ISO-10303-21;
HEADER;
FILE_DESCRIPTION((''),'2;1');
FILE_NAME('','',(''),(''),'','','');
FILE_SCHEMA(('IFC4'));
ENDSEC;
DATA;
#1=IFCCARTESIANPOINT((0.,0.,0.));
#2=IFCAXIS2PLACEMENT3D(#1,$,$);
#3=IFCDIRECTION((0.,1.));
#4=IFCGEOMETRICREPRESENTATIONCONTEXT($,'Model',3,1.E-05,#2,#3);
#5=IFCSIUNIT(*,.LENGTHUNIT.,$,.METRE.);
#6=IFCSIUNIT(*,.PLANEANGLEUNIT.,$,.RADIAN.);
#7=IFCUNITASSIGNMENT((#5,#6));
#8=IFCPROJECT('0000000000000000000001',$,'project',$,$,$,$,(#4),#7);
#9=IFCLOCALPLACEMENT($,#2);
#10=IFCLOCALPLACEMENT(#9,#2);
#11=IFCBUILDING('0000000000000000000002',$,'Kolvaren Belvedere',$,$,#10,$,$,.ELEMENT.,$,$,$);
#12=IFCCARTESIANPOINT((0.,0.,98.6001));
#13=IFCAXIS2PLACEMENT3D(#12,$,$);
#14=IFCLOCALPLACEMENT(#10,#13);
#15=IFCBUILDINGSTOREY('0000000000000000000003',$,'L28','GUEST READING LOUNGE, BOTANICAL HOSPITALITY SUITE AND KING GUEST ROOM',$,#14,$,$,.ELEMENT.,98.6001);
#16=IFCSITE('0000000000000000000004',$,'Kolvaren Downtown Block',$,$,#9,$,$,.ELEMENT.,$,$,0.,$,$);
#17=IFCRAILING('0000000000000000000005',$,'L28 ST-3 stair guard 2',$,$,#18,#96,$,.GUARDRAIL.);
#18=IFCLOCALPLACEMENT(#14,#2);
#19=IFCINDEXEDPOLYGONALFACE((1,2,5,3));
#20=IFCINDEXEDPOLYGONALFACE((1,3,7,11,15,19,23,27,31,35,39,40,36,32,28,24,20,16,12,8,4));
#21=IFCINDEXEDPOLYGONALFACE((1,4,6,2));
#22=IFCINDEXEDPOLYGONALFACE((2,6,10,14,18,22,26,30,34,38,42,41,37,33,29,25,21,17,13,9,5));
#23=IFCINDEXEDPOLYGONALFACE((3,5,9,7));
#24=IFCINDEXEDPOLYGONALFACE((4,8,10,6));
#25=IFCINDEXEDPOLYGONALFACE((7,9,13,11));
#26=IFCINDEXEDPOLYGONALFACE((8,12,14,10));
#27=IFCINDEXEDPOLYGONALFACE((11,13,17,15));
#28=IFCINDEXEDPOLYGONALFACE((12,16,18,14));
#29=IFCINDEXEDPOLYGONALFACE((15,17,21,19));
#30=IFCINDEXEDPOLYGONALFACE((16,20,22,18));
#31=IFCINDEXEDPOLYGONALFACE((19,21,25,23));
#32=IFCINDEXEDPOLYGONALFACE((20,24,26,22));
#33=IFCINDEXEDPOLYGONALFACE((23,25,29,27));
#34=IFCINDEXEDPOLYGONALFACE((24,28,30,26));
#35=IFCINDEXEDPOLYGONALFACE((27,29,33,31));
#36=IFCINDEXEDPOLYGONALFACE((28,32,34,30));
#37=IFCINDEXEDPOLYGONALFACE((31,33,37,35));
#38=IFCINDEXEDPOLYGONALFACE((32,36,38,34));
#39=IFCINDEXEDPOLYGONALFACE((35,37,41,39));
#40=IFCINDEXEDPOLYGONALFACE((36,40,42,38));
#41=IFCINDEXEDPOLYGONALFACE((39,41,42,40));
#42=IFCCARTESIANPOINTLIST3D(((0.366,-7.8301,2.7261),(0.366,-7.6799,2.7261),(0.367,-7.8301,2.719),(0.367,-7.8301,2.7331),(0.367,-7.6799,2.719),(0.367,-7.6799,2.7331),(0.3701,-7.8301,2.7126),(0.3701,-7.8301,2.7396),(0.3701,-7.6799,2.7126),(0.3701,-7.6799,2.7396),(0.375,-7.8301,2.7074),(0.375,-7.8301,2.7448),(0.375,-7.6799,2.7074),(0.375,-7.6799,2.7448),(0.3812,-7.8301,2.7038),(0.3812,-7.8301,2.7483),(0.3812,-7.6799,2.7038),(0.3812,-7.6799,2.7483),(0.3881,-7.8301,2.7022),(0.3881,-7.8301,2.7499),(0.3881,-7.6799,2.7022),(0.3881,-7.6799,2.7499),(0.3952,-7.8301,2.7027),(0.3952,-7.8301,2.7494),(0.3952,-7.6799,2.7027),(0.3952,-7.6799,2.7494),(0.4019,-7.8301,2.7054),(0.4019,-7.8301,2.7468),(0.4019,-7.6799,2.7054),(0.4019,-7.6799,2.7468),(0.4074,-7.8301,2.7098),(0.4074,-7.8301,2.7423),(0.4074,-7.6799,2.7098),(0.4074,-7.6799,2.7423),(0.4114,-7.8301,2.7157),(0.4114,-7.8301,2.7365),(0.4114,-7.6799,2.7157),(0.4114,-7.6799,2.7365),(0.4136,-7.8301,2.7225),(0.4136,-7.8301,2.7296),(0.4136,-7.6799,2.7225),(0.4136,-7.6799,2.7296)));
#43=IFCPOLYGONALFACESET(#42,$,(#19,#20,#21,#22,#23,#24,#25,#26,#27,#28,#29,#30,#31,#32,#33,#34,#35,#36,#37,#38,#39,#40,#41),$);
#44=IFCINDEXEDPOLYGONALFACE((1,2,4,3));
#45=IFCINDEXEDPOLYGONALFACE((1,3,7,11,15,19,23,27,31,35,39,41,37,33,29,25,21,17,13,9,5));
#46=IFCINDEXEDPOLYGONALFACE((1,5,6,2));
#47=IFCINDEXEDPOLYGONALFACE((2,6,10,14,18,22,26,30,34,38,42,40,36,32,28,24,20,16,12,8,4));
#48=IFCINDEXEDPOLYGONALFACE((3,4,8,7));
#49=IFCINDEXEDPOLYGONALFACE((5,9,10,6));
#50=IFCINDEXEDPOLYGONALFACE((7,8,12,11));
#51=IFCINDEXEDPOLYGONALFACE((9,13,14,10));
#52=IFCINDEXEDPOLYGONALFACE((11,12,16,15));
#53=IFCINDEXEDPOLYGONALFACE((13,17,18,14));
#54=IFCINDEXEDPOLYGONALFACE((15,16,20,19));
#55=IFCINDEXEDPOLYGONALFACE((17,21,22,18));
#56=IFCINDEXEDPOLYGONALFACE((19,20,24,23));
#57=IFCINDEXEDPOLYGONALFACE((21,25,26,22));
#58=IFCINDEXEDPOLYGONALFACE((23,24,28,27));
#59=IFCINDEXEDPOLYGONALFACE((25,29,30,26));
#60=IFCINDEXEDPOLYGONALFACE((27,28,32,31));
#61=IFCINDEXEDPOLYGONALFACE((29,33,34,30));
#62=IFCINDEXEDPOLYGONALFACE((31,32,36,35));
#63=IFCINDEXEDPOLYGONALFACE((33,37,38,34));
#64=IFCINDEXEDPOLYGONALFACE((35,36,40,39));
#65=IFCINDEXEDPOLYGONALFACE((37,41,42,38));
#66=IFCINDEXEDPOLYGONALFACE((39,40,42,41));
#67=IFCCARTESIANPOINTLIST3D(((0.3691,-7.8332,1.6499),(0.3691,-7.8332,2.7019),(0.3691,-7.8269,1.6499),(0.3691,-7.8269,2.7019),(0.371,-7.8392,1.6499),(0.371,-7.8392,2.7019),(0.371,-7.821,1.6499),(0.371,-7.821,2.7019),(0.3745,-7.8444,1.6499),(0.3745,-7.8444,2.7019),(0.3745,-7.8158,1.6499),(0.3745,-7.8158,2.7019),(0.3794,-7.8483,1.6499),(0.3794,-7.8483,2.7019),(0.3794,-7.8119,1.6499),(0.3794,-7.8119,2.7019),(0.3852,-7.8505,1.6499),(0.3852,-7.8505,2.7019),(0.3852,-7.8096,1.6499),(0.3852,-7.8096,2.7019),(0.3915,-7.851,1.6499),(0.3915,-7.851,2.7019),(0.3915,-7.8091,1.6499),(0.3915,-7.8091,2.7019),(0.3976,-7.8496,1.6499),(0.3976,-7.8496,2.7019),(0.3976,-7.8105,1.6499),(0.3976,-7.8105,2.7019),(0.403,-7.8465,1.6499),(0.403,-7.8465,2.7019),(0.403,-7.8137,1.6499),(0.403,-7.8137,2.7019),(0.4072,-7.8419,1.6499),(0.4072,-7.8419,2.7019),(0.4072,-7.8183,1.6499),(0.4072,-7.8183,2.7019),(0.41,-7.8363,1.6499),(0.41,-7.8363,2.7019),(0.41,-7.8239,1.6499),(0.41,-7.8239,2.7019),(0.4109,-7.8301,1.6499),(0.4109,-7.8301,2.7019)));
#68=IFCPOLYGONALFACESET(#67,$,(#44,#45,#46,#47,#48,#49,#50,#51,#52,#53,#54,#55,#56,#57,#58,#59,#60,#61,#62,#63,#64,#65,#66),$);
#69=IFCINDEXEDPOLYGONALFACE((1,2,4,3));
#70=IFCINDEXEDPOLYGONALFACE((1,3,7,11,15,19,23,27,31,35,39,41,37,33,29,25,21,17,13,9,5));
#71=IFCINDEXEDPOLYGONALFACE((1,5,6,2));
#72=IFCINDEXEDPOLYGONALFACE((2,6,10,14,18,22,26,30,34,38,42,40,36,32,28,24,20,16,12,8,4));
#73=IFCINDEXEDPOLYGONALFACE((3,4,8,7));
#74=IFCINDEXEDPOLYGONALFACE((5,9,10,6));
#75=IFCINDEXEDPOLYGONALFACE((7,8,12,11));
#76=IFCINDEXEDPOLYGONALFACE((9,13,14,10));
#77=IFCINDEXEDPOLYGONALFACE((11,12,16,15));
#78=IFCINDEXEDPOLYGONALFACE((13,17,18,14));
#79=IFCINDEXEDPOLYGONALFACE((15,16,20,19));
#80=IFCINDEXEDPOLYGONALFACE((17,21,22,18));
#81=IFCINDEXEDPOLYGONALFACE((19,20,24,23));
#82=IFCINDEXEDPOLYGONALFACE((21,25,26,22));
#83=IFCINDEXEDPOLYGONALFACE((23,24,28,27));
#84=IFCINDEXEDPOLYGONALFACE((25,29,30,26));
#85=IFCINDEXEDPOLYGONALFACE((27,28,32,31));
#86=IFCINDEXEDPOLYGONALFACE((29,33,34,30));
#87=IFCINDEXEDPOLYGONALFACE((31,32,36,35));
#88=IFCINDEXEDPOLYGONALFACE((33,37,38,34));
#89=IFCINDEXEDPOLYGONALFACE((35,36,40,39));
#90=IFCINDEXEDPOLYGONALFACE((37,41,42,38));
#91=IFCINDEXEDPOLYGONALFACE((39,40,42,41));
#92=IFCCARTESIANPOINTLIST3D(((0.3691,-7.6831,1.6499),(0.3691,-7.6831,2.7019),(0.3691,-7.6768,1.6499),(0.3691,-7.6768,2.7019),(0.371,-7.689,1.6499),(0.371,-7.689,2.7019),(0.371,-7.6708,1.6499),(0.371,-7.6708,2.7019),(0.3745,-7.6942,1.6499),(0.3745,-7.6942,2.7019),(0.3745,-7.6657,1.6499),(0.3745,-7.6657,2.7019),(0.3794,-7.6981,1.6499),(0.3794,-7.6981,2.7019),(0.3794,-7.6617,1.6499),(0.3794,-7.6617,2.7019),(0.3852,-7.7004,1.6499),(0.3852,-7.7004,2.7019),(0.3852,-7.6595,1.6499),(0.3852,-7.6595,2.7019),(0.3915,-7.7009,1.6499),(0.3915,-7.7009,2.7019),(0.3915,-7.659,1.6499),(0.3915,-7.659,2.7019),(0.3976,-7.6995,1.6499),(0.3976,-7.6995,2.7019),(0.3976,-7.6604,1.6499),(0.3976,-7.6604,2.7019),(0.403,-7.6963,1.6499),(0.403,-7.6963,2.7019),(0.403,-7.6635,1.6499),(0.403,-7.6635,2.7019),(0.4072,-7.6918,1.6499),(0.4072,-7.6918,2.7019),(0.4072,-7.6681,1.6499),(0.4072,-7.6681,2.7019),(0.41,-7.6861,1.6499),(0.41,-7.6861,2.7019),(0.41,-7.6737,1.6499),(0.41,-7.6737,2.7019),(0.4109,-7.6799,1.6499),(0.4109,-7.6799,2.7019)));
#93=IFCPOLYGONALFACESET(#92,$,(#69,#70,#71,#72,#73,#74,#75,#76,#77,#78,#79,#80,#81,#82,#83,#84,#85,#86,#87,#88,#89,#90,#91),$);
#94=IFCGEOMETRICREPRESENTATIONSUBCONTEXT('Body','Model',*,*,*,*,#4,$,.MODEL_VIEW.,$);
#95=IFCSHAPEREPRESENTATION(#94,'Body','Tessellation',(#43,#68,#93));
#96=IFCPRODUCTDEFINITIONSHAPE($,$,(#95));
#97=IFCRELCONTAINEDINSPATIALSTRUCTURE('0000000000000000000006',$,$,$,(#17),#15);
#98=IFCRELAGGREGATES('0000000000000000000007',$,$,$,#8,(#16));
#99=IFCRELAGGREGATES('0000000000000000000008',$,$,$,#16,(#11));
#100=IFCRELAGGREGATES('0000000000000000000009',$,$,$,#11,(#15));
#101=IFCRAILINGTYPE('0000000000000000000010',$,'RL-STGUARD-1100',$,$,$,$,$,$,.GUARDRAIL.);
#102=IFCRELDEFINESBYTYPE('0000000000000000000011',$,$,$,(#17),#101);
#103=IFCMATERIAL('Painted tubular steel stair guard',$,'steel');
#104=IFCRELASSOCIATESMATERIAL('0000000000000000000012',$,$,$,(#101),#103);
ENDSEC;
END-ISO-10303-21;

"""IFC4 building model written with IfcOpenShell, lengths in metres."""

from ifc_helpers import new_model, si_unit, direction, frame, origin, origin_2d, place, context, subcontext, project, spatial, circle, extrude, material, type_object, element, save


model = new_model("IFC4")

# Units and contexts
model_context = context("Model", 3, precision=1e-05, world=origin(), true_north=direction((0.0, 1.0)))
body_context = subcontext(model_context, "Body", "Model", "MODEL_VIEW")
ifc_project = project(units=[si_unit("LENGTHUNIT", "METRE"), si_unit("PLANEANGLEUNIT", "RADIAN")], contexts=[model_context])

# Site, building, storey
site_placement = place(None, origin())
site = spatial("IfcSite", under=ifc_project, at=site_placement, Name="Kolvaren Downtown Block", CompositionType="ELEMENT", RefElevation=0.0)
building_placement = place(site_placement, origin())
building = spatial("IfcBuilding", under=site, at=building_placement, Name="Kolvaren Belvedere", CompositionType="ELEMENT")
storey_placement = place(building_placement, frame((0.0, 0.0, 98.6001)))
storey = spatial("IfcBuildingStorey", under=building, at=storey_placement, Name="L28", Description="GUEST READING LOUNGE, BOTANICAL HOSPITALITY SUITE AND KING GUEST ROOM", CompositionType="ELEMENT", Elevation=98.6001)

# Railing
ifc_material_1 = material(Name="Painted tubular steel stair guard", Category="steel")
railing_type_1 = type_object("IfcRailingType", Name="RL-STGUARD-1100", PredefinedType="GUARDRAIL", material=ifc_material_1)
railing_1_placement = place(storey_placement, frame((0.3899, -7.8301, 1.6499)))
element("IfcRailing", 1, at=railing_1_placement, inside=storey, type_object=railing_type_1, Name="L28 ST-3 stair guard 2", PredefinedType="GUARDRAIL", context=body_context, shape_type="SweptSolid", body=[
    extrude(circle(Radius=0.0239, at=origin_2d()), frame((0.0, 0.0, 1.0762), z_axis=(0.0, 1.0, 0.0), x_axis=(-1.0, 0.0, 0.0)), (0.0, 0.0, 1.0), 0.1501),
    extrude(circle(Radius=0.021, at=origin_2d()), origin(), (0.0, 0.0, 1.0), 1.052),
    extrude(circle(Radius=0.021, at=origin_2d()), frame((0.0, 0.1501, 0.0)), (0.0, 0.0, 1.0), 1.052),
])

save(model, "model.ifc")
